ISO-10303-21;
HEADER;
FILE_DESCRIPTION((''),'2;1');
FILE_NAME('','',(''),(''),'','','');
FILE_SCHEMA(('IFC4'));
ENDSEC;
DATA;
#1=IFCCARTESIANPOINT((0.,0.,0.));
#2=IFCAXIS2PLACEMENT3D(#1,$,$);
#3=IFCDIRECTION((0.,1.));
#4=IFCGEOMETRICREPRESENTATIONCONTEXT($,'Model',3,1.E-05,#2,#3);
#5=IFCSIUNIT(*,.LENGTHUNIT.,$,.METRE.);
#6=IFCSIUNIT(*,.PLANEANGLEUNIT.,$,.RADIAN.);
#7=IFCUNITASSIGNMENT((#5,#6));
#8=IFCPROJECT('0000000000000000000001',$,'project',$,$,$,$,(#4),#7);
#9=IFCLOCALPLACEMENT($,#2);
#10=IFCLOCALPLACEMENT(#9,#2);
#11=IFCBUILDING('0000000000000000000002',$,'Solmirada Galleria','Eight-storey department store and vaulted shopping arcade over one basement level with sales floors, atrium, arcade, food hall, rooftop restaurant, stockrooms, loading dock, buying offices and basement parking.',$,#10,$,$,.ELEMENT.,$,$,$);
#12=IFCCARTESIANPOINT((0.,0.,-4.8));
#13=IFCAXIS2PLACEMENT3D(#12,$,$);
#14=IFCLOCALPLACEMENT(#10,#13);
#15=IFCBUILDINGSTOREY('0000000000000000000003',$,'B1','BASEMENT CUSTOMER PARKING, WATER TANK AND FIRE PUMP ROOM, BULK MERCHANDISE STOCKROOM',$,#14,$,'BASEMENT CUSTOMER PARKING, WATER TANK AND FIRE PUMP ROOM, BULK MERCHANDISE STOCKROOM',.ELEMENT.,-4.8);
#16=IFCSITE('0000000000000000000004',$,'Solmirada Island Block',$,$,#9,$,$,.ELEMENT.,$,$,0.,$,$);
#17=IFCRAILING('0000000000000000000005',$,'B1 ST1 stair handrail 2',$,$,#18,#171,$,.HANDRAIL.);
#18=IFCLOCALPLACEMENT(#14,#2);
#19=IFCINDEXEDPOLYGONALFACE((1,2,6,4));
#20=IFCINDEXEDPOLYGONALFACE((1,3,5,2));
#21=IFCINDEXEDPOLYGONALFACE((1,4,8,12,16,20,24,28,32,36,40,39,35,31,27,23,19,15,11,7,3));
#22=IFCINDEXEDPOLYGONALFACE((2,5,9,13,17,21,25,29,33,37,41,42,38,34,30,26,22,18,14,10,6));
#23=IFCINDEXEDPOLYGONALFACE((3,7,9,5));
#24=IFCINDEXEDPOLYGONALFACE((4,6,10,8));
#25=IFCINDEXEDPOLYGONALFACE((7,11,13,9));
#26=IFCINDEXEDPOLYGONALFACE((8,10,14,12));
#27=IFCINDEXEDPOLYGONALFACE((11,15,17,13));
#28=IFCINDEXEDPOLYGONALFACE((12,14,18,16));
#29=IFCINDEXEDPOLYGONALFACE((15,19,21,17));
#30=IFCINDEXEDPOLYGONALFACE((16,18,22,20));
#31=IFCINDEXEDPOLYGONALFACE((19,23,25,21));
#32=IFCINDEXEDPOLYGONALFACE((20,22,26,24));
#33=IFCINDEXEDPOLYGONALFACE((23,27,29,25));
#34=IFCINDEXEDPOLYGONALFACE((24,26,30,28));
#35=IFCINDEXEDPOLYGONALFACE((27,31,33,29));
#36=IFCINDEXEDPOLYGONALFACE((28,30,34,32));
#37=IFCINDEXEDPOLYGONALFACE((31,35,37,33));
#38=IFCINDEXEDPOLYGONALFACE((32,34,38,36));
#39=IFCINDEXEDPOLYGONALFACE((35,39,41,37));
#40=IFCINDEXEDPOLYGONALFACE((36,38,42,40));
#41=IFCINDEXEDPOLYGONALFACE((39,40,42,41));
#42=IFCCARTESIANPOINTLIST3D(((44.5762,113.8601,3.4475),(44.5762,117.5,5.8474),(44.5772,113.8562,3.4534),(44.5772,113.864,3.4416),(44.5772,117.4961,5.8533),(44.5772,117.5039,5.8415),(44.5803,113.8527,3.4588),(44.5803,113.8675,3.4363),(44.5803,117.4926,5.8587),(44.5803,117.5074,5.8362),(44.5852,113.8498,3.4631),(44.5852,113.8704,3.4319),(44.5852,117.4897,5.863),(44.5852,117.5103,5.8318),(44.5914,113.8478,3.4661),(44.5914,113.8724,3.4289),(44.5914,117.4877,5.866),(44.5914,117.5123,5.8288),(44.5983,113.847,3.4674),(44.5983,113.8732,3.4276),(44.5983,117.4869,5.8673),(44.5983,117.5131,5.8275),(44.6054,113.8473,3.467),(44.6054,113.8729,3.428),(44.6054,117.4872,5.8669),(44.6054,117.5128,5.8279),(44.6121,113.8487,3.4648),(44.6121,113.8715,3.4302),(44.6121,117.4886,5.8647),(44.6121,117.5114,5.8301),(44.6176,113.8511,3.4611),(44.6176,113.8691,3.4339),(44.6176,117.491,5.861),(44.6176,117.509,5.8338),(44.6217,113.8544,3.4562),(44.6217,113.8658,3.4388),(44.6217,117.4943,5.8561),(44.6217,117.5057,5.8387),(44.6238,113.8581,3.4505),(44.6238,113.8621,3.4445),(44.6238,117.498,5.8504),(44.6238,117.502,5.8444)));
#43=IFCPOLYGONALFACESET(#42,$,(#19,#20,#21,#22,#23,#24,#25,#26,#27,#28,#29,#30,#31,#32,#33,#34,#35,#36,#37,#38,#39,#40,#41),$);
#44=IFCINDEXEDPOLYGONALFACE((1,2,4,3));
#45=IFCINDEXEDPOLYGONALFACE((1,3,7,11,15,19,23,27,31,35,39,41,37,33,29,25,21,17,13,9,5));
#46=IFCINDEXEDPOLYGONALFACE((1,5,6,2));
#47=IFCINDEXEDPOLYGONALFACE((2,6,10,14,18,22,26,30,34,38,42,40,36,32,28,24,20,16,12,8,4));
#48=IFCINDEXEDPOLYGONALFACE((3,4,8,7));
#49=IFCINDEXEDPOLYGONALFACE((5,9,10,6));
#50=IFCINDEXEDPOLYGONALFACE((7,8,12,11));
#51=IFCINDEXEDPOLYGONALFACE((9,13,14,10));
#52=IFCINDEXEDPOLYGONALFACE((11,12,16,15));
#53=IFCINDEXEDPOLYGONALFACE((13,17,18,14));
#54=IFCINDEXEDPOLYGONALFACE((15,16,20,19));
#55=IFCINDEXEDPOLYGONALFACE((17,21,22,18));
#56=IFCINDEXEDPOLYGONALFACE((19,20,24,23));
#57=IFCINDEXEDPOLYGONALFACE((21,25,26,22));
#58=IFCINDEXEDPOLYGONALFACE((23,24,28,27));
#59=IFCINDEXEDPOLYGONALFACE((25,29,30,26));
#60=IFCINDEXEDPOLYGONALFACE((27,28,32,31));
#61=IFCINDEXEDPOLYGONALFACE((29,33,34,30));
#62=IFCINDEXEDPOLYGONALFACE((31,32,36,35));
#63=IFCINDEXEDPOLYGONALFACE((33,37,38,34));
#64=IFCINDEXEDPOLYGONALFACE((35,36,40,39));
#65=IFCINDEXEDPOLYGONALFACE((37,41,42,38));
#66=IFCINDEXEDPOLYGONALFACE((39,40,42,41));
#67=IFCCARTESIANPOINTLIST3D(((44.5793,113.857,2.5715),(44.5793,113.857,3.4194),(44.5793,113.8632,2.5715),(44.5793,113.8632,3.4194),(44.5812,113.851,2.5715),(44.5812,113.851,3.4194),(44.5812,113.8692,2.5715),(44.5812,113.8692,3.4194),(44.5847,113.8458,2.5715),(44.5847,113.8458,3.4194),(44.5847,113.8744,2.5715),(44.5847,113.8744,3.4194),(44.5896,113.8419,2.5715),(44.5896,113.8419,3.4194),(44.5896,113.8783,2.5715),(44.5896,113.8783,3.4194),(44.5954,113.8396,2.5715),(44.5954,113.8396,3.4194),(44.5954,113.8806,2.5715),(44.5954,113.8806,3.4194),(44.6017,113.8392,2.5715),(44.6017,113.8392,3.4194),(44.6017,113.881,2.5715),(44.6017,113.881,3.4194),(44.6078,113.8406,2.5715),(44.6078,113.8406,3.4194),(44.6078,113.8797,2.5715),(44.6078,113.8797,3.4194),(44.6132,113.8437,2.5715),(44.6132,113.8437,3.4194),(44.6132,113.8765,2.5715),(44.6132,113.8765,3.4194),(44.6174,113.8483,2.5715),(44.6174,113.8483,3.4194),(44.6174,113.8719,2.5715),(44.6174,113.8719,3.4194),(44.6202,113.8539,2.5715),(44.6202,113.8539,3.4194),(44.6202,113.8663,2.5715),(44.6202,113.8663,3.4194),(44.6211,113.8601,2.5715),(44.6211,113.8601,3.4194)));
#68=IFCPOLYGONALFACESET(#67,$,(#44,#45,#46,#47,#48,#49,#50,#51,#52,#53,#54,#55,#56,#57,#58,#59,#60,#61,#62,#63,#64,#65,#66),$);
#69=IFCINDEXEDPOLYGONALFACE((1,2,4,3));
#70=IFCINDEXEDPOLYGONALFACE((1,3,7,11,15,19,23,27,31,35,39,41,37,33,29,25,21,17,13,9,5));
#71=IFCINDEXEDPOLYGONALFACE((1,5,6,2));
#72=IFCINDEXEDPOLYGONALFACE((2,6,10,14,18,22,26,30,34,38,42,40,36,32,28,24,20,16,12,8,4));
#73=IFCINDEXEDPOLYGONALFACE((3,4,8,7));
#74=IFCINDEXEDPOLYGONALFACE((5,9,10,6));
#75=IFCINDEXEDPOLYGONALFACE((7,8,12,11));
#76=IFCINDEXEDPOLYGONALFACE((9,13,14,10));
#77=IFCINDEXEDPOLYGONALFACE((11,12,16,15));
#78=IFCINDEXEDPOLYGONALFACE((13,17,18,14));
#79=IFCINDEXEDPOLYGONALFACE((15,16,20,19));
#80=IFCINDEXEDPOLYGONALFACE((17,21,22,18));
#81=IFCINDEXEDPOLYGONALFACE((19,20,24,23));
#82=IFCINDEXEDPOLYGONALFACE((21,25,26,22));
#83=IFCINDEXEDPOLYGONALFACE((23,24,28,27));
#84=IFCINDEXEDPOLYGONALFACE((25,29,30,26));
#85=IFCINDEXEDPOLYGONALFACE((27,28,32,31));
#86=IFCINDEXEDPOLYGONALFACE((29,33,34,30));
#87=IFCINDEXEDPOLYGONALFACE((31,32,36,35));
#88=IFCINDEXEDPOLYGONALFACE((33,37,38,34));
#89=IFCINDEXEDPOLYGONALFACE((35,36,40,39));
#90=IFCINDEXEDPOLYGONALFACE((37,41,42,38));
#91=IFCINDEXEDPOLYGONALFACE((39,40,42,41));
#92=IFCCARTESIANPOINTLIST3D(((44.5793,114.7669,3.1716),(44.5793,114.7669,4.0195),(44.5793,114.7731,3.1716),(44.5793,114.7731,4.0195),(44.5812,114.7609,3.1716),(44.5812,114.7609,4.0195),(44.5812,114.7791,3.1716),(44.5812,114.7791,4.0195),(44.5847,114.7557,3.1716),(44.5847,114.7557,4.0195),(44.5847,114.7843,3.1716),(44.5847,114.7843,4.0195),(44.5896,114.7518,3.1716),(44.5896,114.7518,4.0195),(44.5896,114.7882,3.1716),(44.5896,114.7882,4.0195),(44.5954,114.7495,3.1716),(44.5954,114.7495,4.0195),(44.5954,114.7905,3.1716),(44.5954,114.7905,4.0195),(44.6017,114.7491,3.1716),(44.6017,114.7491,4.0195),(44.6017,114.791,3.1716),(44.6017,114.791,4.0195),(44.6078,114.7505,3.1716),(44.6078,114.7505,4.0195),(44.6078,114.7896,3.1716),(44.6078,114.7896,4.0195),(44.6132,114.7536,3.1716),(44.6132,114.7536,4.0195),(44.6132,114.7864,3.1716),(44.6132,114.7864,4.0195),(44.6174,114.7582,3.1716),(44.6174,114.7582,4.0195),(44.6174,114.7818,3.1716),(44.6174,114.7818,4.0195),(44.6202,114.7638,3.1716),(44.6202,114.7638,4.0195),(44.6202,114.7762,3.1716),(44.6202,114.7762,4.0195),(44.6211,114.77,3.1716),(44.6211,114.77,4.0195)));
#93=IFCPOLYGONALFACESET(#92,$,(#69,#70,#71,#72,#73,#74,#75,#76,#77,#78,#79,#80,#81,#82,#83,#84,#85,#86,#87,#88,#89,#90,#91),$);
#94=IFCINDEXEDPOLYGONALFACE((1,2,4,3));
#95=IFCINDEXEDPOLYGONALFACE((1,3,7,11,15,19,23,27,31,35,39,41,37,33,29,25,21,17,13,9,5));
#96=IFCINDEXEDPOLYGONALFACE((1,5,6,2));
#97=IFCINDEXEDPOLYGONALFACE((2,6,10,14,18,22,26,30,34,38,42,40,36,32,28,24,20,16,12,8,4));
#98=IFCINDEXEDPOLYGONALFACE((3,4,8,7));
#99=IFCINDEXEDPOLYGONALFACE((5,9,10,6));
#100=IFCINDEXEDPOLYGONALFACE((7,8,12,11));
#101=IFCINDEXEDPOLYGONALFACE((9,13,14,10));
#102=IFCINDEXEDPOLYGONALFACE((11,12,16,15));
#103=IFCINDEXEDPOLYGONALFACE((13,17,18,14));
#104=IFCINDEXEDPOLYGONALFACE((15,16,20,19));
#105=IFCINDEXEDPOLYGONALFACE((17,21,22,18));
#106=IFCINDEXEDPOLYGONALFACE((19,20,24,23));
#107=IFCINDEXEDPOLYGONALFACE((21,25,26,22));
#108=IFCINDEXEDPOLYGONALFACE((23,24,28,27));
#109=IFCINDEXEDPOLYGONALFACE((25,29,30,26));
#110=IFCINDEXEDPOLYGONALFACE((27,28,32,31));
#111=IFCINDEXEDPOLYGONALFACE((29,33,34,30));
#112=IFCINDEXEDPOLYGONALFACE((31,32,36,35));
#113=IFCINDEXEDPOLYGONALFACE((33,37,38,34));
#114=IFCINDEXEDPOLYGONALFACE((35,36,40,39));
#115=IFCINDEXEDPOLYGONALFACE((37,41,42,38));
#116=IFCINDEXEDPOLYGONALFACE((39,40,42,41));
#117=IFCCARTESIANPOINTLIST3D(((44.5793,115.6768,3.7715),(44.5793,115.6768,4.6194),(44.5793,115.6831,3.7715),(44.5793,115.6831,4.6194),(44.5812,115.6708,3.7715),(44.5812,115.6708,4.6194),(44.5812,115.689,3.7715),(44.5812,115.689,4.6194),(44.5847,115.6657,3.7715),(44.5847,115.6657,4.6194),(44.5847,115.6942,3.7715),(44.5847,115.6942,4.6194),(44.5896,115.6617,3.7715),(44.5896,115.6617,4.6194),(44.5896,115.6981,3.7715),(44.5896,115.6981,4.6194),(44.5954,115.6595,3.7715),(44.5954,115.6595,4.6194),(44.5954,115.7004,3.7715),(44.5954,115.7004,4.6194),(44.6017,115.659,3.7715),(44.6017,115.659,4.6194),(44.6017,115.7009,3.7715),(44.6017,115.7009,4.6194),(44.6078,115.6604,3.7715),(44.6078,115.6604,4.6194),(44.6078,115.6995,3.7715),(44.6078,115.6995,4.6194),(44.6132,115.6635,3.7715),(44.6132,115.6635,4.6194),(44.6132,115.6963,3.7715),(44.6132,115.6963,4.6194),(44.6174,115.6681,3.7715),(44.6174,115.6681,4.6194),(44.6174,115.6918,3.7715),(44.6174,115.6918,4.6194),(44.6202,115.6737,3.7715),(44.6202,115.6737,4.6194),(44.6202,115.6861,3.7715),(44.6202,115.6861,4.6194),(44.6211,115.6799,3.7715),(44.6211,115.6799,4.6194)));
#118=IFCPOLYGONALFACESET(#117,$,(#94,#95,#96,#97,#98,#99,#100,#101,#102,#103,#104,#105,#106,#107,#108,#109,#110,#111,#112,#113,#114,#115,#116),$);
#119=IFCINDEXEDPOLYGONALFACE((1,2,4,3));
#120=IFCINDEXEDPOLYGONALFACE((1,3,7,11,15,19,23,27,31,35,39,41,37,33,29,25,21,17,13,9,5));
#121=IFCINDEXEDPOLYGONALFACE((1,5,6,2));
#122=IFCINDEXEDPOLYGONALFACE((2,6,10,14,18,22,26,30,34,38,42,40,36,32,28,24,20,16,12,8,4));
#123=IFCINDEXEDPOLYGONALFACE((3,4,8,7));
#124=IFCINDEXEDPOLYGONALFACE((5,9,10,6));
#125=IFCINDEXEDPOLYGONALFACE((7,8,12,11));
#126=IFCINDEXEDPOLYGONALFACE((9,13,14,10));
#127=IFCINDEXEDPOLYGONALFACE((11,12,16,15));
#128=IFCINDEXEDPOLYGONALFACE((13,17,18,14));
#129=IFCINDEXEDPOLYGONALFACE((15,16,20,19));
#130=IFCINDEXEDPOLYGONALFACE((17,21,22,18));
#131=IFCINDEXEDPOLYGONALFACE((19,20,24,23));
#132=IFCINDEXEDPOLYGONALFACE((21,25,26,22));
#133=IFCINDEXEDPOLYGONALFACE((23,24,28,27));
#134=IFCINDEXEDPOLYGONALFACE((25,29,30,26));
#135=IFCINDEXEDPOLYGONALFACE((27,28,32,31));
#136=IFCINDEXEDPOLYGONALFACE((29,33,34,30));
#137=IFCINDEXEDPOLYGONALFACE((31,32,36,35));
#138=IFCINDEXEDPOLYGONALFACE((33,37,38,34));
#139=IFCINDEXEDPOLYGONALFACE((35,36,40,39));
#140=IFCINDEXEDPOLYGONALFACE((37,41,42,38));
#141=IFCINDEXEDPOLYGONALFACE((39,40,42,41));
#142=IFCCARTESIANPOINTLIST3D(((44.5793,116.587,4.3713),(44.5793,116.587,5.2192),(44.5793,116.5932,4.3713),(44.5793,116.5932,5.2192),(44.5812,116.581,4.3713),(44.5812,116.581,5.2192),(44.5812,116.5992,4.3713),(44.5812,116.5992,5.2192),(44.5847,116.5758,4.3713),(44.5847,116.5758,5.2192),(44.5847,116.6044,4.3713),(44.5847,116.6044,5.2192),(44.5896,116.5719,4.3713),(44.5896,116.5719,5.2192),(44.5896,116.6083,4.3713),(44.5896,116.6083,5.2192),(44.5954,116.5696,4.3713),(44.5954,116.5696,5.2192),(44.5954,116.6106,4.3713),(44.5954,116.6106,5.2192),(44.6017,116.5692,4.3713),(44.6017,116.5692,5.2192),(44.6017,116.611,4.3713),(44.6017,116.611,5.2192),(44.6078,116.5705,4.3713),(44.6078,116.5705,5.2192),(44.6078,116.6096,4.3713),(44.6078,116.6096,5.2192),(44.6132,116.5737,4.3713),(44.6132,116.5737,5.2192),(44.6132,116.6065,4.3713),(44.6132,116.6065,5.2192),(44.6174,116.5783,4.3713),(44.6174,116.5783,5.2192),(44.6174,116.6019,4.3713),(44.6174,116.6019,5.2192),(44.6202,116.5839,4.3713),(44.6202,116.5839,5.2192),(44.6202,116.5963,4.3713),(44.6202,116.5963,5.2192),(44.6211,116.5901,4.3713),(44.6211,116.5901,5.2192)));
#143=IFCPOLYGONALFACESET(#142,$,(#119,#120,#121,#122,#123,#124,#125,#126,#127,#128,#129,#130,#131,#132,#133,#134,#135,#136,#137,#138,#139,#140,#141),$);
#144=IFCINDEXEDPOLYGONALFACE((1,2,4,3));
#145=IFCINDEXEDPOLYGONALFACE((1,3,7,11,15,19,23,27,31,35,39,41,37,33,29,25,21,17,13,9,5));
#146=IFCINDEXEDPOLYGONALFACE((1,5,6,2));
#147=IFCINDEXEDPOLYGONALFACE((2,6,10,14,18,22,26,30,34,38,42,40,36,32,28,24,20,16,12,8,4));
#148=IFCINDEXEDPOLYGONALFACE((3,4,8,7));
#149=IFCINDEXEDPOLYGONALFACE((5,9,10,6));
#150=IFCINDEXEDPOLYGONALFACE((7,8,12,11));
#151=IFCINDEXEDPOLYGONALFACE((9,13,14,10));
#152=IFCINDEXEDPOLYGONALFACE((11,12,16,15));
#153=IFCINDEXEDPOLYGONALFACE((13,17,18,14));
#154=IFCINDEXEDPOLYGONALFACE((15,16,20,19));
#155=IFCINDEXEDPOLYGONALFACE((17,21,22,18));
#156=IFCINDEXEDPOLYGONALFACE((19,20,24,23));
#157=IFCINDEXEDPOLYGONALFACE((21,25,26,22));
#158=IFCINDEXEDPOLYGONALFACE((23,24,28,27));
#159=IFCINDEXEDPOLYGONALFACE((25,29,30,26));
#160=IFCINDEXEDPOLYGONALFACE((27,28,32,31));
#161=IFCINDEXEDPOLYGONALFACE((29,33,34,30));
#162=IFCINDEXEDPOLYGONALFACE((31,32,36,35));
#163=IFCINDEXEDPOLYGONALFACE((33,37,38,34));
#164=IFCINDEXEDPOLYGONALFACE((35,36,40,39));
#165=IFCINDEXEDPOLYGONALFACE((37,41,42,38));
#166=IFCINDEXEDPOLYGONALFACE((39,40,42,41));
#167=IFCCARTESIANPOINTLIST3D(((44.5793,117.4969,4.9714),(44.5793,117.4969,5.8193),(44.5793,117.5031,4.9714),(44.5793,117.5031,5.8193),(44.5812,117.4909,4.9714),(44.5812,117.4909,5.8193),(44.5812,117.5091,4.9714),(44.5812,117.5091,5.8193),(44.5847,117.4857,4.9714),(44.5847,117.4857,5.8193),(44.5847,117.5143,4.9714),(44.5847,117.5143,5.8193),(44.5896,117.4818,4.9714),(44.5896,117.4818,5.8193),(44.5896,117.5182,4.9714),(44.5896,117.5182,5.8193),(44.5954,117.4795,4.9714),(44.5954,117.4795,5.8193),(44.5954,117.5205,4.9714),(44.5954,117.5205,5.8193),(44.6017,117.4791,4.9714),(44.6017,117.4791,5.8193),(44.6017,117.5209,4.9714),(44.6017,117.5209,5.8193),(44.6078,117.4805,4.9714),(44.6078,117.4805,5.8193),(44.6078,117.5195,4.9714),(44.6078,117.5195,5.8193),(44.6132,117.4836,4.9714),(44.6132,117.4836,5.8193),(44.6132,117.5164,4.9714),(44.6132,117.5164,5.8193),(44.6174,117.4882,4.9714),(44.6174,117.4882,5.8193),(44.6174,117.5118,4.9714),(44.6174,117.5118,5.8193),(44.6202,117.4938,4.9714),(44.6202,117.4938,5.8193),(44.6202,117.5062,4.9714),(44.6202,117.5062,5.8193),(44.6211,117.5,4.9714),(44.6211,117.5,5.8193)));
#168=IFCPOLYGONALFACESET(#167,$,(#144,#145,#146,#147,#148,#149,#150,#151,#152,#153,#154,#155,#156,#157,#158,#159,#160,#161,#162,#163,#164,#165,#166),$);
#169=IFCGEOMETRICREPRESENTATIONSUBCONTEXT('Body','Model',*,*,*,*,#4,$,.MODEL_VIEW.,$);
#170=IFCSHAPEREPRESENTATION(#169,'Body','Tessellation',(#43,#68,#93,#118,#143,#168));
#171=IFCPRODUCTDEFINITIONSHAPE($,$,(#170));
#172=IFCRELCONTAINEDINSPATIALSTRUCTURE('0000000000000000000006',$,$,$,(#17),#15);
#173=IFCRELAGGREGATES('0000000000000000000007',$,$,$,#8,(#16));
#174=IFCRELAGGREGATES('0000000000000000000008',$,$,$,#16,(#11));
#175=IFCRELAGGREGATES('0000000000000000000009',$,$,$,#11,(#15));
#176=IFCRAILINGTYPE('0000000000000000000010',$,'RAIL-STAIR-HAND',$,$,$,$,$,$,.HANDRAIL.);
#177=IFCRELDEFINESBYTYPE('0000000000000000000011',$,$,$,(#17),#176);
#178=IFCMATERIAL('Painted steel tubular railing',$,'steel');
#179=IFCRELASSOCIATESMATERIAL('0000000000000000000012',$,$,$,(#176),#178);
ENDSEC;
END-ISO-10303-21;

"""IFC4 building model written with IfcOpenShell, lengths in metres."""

from ifc_helpers import new_model, si_unit, direction, frame, origin, origin_2d, place, context, subcontext, project, spatial, circle, extrude, material, type_object, element, save


model = new_model("IFC4")

# Units and contexts
model_context = context("Model", 3, precision=1e-05, world=origin(), true_north=direction((0.0, 1.0)))
body_context = subcontext(model_context, "Body", "Model", "MODEL_VIEW")
ifc_project = project(units=[si_unit("LENGTHUNIT", "METRE"), si_unit("PLANEANGLEUNIT", "RADIAN")], contexts=[model_context])

# Site, building, storey
site_placement = place(None, origin())
site = spatial("IfcSite", under=ifc_project, at=site_placement, Name="Solmirada Island Block", CompositionType="ELEMENT", RefElevation=0.0)
building_placement = place(site_placement, origin())
building = spatial("IfcBuilding", under=site, at=building_placement, Name="Solmirada Galleria", Description="Eight-storey department store and vaulted shopping arcade over one basement level with sales floors, atrium, arcade, food hall, rooftop restaurant, stockrooms, loading dock, buying offices and basement parking.", CompositionType="ELEMENT")
storey_placement = place(building_placement, frame((0.0, 0.0, -4.8)))
storey = spatial("IfcBuildingStorey", under=building, at=storey_placement, Name="B1", Description="BASEMENT CUSTOMER PARKING, WATER TANK AND FIRE PUMP ROOM, BULK MERCHANDISE STOCKROOM", LongName="BASEMENT CUSTOMER PARKING, WATER TANK AND FIRE PUMP ROOM, BULK MERCHANDISE STOCKROOM", CompositionType="ELEMENT", Elevation=-4.8)

# Railing
ifc_material_1 = material(Name="Painted steel tubular railing", Category="steel")
railing_type_1 = type_object("IfcRailingType", Name="RAIL-STAIR-HAND", PredefinedType="HANDRAIL", material=ifc_material_1)
railing_1_placement = place(storey_placement, frame((44.6001, 113.8601, 2.5715)))
element("IfcRailing", 1, at=railing_1_placement, inside=storey, type_object=railing_type_1, Name="B1 ST1 stair handrail 2", PredefinedType="HANDRAIL", context=body_context, shape_type="SweptSolid", body=[
    extrude(circle(Radius=0.0239, at=origin_2d()), frame((0.0, 0.0, 0.876), z_axis=(0.0, 0.834865, 0.550454), x_axis=(-1.0, 0.0, 0.0)), (0.0, 0.0, 1.0), 4.3599),
    extrude(circle(Radius=0.021, at=origin_2d()), origin(), (0.0, 0.0, 1.0), 0.8479),
    extrude(circle(Radius=0.021, at=origin_2d()), frame((0.0, 0.9099, 0.6001)), (0.0, 0.0, 1.0), 0.8479),
    extrude(circle(Radius=0.021, at=origin_2d()), frame((0.0, 1.8198, 1.2)), (0.0, 0.0, 1.0), 0.8479),
    extrude(circle(Radius=0.021, at=origin_2d()), frame((0.0, 2.73, 1.7998)), (0.0, 0.0, 1.0), 0.8479),
    extrude(circle(Radius=0.021, at=origin_2d()), frame((0.0, 3.6399, 2.3999)), (0.0, 0.0, 1.0), 0.8479),
])

save(model, "model.ifc")
